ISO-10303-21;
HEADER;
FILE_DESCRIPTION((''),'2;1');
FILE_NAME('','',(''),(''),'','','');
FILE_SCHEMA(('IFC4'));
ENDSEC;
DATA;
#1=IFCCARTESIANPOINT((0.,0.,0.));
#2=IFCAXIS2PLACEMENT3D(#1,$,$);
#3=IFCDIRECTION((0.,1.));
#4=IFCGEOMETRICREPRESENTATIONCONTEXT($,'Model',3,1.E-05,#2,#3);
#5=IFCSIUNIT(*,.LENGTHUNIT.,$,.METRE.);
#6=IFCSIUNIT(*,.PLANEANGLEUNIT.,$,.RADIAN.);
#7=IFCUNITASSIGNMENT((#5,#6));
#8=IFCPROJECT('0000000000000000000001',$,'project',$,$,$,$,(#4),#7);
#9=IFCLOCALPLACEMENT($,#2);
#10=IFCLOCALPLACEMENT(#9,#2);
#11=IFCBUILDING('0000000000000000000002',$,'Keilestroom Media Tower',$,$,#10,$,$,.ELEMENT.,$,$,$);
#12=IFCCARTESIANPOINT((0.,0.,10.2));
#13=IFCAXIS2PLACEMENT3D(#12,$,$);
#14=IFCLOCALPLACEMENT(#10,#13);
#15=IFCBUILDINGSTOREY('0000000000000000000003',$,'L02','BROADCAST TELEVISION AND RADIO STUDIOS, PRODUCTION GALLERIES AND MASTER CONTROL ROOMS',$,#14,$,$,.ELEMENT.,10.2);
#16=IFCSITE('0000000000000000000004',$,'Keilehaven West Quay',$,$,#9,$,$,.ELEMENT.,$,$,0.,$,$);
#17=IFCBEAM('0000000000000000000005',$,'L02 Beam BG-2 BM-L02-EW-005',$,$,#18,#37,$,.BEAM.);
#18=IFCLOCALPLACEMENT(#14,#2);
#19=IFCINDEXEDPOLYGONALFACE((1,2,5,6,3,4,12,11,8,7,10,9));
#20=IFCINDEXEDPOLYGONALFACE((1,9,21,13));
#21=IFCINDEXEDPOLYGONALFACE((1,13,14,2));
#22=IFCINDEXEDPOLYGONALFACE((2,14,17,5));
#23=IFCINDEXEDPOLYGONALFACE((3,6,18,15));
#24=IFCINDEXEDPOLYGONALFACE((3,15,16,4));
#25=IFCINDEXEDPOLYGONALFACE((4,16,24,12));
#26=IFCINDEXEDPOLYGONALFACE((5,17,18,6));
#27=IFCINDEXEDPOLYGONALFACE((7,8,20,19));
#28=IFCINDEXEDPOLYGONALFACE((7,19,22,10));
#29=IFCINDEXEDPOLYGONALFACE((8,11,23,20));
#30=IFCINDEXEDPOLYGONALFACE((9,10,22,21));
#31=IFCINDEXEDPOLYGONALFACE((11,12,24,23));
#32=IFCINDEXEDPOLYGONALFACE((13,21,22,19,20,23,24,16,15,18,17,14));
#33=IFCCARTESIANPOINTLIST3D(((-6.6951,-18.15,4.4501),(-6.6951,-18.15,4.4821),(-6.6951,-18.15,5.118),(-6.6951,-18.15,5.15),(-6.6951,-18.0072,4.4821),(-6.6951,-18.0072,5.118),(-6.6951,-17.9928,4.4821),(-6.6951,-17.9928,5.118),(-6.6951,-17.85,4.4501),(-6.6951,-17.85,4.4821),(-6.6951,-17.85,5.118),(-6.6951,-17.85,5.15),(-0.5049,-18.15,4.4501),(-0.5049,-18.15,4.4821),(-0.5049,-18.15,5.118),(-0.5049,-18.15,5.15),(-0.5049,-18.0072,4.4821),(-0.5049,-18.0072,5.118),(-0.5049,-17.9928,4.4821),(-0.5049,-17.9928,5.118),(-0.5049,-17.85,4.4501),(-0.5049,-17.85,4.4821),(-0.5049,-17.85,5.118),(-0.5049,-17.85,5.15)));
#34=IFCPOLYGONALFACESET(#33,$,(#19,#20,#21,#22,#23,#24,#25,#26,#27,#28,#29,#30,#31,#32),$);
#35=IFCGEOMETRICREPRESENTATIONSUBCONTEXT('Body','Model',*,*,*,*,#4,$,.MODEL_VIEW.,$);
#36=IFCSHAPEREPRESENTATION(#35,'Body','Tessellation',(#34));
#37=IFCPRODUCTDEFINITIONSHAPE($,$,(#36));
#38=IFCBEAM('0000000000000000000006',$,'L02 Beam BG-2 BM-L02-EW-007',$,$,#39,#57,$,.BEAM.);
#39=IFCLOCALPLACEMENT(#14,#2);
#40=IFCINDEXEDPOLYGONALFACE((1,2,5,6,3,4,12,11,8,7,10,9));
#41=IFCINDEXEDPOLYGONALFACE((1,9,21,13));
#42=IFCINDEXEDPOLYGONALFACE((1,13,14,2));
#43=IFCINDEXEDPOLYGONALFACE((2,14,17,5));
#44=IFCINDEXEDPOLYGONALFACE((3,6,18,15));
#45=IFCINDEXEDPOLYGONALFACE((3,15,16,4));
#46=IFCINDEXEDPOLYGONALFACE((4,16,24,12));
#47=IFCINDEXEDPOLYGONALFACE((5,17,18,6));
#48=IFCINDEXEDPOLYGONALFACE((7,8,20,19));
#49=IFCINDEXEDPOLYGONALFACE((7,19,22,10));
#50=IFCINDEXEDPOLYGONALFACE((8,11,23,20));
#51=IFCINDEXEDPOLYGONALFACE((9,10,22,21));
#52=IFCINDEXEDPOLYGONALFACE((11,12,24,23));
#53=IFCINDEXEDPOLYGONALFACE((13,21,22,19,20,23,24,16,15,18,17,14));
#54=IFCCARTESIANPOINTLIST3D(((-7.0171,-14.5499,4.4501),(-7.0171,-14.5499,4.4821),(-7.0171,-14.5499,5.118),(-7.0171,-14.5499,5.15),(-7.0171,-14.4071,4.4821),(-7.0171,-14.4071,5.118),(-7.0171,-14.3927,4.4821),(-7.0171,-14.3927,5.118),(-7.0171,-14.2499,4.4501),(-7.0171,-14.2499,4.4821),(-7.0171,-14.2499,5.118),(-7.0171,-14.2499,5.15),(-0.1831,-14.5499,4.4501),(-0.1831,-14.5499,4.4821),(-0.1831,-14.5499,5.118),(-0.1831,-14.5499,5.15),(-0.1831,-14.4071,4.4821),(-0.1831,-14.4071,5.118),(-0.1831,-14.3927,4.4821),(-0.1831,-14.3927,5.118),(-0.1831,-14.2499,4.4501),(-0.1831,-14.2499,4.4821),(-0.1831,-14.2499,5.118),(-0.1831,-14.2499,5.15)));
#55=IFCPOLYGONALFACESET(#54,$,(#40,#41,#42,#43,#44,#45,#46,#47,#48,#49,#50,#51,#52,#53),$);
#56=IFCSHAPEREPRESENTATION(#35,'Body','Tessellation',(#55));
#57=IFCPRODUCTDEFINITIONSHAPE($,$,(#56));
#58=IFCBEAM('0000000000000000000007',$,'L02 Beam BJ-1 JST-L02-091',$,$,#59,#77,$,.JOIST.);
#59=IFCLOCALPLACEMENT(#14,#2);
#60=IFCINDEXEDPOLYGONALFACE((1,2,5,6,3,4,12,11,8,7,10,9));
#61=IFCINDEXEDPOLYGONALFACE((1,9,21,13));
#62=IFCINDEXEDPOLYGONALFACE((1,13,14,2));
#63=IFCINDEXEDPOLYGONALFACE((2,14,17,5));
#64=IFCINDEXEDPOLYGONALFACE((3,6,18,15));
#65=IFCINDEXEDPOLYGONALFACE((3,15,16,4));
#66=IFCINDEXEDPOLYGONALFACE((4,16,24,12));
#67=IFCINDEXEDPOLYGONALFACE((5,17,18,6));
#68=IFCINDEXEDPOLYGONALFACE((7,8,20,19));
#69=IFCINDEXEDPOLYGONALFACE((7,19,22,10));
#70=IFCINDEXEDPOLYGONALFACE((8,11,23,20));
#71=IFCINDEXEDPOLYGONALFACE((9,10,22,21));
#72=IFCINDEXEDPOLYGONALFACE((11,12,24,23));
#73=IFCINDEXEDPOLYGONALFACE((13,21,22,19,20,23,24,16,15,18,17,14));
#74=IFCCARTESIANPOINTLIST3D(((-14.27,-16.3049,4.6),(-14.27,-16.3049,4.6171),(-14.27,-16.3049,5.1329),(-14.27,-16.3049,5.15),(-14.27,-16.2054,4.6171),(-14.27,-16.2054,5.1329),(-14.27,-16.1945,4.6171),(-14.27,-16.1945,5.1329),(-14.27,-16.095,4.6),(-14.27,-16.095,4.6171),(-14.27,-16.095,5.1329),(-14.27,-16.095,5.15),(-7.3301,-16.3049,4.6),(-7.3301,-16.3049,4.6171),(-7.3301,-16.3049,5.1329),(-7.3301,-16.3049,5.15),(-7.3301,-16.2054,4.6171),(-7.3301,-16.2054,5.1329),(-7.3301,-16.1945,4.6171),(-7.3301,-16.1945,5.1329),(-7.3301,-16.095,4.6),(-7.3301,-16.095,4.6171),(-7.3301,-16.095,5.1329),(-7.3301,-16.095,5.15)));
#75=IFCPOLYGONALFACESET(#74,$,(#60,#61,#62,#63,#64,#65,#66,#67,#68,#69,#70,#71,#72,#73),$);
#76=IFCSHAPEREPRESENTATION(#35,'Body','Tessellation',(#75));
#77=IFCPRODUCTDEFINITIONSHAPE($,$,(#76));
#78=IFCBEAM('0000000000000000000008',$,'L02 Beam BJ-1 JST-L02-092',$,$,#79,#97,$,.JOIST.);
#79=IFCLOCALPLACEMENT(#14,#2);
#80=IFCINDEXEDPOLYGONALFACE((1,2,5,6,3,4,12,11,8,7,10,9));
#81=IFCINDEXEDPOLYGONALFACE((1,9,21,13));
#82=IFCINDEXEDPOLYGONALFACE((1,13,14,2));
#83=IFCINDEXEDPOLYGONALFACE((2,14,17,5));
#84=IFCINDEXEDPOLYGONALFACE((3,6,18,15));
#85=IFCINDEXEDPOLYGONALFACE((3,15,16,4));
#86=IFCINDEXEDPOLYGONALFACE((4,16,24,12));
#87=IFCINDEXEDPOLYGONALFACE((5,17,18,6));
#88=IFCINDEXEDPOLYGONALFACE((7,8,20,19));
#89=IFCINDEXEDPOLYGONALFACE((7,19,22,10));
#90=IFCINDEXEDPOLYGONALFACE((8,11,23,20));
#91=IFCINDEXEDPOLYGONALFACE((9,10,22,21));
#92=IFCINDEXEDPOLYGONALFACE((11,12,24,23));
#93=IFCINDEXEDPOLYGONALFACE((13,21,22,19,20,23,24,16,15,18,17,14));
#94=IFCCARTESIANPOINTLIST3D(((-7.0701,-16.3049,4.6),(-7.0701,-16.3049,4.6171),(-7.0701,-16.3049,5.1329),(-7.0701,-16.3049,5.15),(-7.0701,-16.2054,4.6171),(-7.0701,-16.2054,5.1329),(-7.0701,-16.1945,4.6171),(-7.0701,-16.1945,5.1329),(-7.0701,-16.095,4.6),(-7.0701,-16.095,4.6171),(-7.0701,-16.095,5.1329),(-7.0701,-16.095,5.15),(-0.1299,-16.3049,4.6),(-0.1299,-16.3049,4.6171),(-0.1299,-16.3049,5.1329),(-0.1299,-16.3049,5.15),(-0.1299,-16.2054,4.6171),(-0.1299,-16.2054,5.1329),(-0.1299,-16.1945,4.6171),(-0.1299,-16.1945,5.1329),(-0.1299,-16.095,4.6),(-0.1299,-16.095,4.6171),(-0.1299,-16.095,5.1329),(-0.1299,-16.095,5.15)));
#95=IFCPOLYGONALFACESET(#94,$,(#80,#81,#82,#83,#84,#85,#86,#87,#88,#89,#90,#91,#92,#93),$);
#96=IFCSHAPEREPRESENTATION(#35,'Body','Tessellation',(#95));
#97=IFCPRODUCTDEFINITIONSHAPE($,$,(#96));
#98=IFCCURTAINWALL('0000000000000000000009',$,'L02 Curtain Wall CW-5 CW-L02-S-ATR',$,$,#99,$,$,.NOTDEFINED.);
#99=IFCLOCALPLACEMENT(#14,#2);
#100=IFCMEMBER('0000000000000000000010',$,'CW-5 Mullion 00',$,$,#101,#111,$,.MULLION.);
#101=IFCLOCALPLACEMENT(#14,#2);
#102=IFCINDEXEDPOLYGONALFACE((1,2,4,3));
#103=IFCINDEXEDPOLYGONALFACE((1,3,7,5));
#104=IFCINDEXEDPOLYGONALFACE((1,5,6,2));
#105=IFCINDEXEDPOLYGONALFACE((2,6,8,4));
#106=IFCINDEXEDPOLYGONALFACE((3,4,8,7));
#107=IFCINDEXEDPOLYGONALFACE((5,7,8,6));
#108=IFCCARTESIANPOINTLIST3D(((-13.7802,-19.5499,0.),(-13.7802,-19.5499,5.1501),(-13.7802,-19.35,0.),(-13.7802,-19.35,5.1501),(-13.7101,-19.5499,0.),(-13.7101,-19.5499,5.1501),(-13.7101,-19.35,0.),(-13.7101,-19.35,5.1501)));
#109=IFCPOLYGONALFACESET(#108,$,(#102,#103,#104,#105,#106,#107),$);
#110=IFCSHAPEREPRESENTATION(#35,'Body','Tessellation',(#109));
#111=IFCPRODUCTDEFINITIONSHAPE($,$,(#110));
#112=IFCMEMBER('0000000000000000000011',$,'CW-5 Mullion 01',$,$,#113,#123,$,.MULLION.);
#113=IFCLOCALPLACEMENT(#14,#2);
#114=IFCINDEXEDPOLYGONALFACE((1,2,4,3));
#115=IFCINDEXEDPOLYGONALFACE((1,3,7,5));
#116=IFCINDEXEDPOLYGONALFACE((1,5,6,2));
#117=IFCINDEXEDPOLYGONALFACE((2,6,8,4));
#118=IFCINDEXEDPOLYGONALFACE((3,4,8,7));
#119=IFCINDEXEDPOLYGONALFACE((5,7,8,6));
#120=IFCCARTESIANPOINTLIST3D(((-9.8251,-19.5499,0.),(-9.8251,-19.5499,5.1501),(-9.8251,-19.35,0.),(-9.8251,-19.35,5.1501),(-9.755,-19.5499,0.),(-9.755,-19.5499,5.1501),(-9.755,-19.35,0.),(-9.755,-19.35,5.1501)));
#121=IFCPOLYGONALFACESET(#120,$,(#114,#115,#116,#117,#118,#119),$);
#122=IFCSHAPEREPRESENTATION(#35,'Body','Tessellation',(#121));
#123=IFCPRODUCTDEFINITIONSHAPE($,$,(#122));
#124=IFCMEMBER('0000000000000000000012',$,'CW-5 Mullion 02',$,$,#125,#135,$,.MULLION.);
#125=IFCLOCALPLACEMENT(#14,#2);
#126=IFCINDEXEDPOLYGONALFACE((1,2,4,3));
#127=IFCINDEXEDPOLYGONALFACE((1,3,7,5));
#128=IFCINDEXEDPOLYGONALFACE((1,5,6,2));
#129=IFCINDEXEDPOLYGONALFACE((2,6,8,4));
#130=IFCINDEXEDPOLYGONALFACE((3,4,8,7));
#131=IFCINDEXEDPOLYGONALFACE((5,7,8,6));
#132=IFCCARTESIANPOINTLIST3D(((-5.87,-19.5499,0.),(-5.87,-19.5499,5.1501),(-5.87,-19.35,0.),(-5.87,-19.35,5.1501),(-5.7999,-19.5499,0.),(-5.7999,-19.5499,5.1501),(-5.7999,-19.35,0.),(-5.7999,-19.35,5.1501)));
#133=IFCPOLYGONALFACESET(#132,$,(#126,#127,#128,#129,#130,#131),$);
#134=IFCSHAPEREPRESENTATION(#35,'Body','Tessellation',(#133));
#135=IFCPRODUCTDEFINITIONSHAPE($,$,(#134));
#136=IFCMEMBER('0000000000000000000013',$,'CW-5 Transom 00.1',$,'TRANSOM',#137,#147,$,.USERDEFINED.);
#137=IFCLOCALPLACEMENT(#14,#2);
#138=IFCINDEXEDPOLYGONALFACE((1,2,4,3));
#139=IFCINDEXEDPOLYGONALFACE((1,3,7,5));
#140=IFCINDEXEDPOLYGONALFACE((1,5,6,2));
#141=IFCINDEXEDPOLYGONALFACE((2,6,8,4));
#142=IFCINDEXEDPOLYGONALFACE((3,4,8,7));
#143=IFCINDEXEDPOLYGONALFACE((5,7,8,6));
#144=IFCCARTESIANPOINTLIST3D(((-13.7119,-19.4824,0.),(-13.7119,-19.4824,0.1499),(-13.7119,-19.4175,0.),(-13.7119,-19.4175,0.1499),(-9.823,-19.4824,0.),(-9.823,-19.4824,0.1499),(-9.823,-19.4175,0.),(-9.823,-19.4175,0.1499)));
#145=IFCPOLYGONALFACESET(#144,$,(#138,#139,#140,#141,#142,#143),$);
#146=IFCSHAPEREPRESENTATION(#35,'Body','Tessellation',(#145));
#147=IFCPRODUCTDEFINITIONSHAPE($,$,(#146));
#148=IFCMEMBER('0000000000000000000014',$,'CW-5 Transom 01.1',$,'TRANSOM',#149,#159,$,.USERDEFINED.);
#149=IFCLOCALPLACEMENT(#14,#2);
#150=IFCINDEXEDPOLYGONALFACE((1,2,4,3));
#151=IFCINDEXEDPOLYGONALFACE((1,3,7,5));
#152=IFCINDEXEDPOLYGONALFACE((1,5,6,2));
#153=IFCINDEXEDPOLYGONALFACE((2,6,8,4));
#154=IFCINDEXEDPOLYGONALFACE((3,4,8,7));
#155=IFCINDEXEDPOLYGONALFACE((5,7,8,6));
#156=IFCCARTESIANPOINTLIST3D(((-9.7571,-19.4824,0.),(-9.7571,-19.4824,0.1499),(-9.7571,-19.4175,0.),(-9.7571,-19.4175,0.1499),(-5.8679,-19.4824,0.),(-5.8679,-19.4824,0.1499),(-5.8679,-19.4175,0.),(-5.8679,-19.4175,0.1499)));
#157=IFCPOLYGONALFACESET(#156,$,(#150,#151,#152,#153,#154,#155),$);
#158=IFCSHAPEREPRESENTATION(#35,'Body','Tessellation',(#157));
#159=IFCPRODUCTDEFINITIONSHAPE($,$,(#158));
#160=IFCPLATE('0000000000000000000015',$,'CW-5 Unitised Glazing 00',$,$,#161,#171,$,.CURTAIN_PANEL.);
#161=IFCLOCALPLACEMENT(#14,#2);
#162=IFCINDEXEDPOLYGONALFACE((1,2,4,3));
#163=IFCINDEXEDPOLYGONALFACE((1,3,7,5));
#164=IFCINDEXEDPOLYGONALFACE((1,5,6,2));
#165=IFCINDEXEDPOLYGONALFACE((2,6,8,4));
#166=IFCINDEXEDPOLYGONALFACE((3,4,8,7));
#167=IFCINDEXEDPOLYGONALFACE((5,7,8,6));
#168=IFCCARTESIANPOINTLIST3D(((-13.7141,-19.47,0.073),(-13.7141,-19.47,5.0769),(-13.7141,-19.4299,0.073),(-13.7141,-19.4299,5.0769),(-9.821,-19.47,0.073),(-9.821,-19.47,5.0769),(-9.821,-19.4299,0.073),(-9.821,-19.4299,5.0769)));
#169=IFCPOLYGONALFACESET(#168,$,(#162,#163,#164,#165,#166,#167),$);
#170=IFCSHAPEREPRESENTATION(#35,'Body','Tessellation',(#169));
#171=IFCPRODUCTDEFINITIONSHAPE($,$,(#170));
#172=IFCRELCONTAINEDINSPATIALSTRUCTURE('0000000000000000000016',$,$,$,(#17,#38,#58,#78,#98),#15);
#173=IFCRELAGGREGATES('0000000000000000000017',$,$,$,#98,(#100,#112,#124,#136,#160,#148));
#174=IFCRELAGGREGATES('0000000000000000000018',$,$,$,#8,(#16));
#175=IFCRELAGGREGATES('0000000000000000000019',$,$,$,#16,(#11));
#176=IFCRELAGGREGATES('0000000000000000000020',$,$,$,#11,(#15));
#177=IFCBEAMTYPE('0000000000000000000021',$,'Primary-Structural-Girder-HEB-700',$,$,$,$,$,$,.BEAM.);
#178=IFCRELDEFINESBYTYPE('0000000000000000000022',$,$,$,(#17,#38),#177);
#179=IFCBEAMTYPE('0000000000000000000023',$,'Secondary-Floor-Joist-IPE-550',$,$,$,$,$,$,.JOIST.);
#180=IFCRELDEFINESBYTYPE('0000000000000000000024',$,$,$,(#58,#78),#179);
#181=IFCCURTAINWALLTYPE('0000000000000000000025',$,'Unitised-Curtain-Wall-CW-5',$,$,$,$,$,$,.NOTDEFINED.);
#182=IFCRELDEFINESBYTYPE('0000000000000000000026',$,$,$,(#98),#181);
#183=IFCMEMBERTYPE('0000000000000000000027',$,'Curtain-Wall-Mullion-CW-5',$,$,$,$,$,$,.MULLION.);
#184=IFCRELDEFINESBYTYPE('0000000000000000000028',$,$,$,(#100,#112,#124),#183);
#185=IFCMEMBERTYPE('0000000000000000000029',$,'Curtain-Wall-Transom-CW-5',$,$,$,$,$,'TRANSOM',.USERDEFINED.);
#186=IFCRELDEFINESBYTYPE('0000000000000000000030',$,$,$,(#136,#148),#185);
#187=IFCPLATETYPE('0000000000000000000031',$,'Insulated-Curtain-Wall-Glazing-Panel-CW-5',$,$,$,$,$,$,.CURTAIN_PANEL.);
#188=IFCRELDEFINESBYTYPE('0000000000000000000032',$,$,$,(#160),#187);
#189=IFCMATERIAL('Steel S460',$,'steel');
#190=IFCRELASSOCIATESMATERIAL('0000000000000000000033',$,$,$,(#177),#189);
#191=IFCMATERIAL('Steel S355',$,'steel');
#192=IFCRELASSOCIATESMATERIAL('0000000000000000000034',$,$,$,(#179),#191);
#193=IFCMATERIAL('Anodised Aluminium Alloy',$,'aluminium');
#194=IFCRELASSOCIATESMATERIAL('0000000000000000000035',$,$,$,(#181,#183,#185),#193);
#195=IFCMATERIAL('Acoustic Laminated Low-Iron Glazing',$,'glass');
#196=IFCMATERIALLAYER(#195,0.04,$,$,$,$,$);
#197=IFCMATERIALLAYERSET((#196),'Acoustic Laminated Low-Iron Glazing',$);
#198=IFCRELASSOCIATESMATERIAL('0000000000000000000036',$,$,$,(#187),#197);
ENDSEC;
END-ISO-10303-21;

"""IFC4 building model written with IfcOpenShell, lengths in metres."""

from ifc_helpers import new_model, si_unit, direction, frame, origin, origin_2d, place, context, subcontext, project, spatial, rectangle, i_section, extrude, source, transform, mapped, material, layer, layer_set, material_profile, profile_set, type_object, element, aggregate, save


model = new_model("IFC4")

# Units and contexts
model_context = context("Model", 3, precision=1e-05, world=origin(), true_north=direction((0.0, 1.0)))
body_context = subcontext(model_context, "Body", "Model", "MODEL_VIEW")
ifc_project = project(units=[si_unit("LENGTHUNIT", "METRE"), si_unit("PLANEANGLEUNIT", "RADIAN")], contexts=[model_context])

# Site, building, storey
site_placement = place(None, origin())
site = spatial("IfcSite", under=ifc_project, at=site_placement, Name="Keilehaven West Quay", CompositionType="ELEMENT", RefElevation=0.0)
building_placement = place(site_placement, origin())
building = spatial("IfcBuilding", under=site, at=building_placement, Name="Keilestroom Media Tower", CompositionType="ELEMENT")
storey_placement = place(building_placement, frame((0.0, 0.0, 10.2)))
storey = spatial("IfcBuildingStorey", under=building, at=storey_placement, Name="L02", Description="BROADCAST TELEVISION AND RADIO STUDIOS, PRODUCTION GALLERIES AND MASTER CONTROL ROOMS", CompositionType="ELEMENT", Elevation=10.2)

# Shared definitions
ifc_material_1 = material(Name="Steel S460", Category="steel")

# Beams
ifc_material_2 = material(Name="Steel S355", Category="steel")
ifc_material_profile_1 = material_profile(ifc_material_1, i_section(OverallWidth=0.3, OverallDepth=0.7, WebThickness=0.0144, FlangeThickness=0.032, at=origin_2d()), Name="HEB 700")
ifc_profile_set_1 = profile_set([ifc_material_profile_1], Name="Steel S460")
beam_type_1 = type_object("IfcBeamType", Name="Primary-Structural-Girder-HEB-700", PredefinedType="BEAM", material=ifc_profile_set_1)
shared_shape_1 = source(origin(), body_context, "Body", "SweptSolid", [
    extrude(i_section(OverallWidth=0.3, OverallDepth=0.7, WebThickness=0.0144, FlangeThickness=0.032, at=origin_2d()), origin(), (0.0, 0.0, 1.0), 6.1902),
])
beam_1_placement = place(storey_placement, frame((-6.6951, -18.0, 4.8), z_axis=(1.0, 0.0, 0.0), x_axis=(0.0, 1.0, 0.0)))
element("IfcBeam", 1, at=beam_1_placement, inside=storey, type_object=beam_type_1, Name="L02 Beam BG-2 BM-L02-EW-005", PredefinedType="BEAM", context=body_context, shape_type="MappedRepresentation", body=[
    mapped(shared_shape_1, transform((0.0, 0.0, 0.0), x_axis=(1.0, 0.0, 0.0), y_axis=(0.0, 1.0, 0.0), z_axis=(0.0, 0.0, 1.0), scale=1.0)),
])
shared_shape_2 = source(origin(), body_context, "Body", "SweptSolid", [
    extrude(i_section(OverallWidth=0.3, OverallDepth=0.7, WebThickness=0.0144, FlangeThickness=0.032, at=origin_2d()), origin(), (0.0, 0.0, 1.0), 6.834),
])
beam_2_placement = place(storey_placement, frame((-7.0171, -14.3999, 4.8), z_axis=(1.0, 0.0, 0.0), x_axis=(0.0, 1.0, 0.0)))
element("IfcBeam", 2, at=beam_2_placement, inside=storey, type_object=beam_type_1, Name="L02 Beam BG-2 BM-L02-EW-007", PredefinedType="BEAM", context=body_context, shape_type="MappedRepresentation", body=[
    mapped(shared_shape_2, transform((0.0, 0.0, 0.0), x_axis=(1.0, 0.0, 0.0), y_axis=(0.0, 1.0, 0.0), z_axis=(0.0, 0.0, 1.0), scale=1.0)),
])
ifc_material_profile_2 = material_profile(ifc_material_2, i_section(OverallWidth=0.21, OverallDepth=0.55, WebThickness=0.011, FlangeThickness=0.0171, at=origin_2d()), Name="IPE 550")
ifc_profile_set_2 = profile_set([ifc_material_profile_2], Name="Steel S355")
beam_type_2 = type_object("IfcBeamType", Name="Secondary-Floor-Joist-IPE-550", PredefinedType="JOIST", material=ifc_profile_set_2)
shared_shape_3 = source(origin(), body_context, "Body", "SweptSolid", [
    extrude(i_section(OverallWidth=0.21, OverallDepth=0.55, WebThickness=0.011, FlangeThickness=0.0171, at=origin_2d()), origin(), (0.0, 0.0, 1.0), 6.9399),
])
beam_3_placement = place(storey_placement, frame((-14.27, -16.2, 4.875), z_axis=(1.0, 0.0, 0.0), x_axis=(0.0, 1.0, 0.0)))
element("IfcBeam", 3, at=beam_3_placement, inside=storey, type_object=beam_type_2, Name="L02 Beam BJ-1 JST-L02-091", PredefinedType="JOIST", context=body_context, shape_type="MappedRepresentation", body=[
    mapped(shared_shape_3, transform((0.0, 0.0, 0.0), x_axis=(1.0, 0.0, 0.0), y_axis=(0.0, 1.0, 0.0), z_axis=(0.0, 0.0, 1.0), scale=1.0)),
])
shared_shape_4 = source(origin(), body_context, "Body", "SweptSolid", [
    extrude(i_section(OverallWidth=0.21, OverallDepth=0.55, WebThickness=0.011, FlangeThickness=0.0171, at=origin_2d()), origin(), (0.0, 0.0, 1.0), 6.9402),
])
beam_4_placement = place(storey_placement, frame((-7.0701, -16.2, 4.875), z_axis=(1.0, 0.0, 0.0), x_axis=(0.0, 1.0, 0.0)))
element("IfcBeam", 4, at=beam_4_placement, inside=storey, type_object=beam_type_2, Name="L02 Beam BJ-1 JST-L02-092", PredefinedType="JOIST", context=body_context, shape_type="MappedRepresentation", body=[
    mapped(shared_shape_4, transform((0.0, 0.0, 0.0), x_axis=(1.0, 0.0, 0.0), y_axis=(0.0, 1.0, 0.0), z_axis=(0.0, 0.0, 1.0), scale=1.0)),
])

# Curtain wall, members, plate
ifc_material_3 = material(Name="Anodised Aluminium Alloy", Category="aluminium")
curtain_wall_type = type_object("IfcCurtainWallType", Name="Unitised-Curtain-Wall-CW-5", PredefinedType="NOTDEFINED", material=ifc_material_3)
curtain_wall_placement = place(storey_placement, origin())
curtain_wall = element("IfcCurtainWall", 5, at=curtain_wall_placement, inside=storey, type_object=curtain_wall_type, Name="L02 Curtain Wall CW-5 CW-L02-S-ATR", PredefinedType="NOTDEFINED")
ifc_material_profile_3 = material_profile(ifc_material_3, rectangle(XDim=0.0701, YDim=0.2, at=origin_2d()), Name="ALU MULLION 70x200")
ifc_profile_set_3 = profile_set([ifc_material_profile_3], Name="Anodised Aluminium Alloy")
member_type_1 = type_object("IfcMemberType", Name="Curtain-Wall-Mullion-CW-5", PredefinedType="MULLION", material=ifc_profile_set_3)
shared_shape_5 = source(origin(), body_context, "Body", "SweptSolid", [
    extrude(rectangle(XDim=0.0701, YDim=0.2, at=origin_2d()), origin(), (0.0, 0.0, 1.0), 5.1501),
])
member_1_placement = place(storey_placement, frame((-13.7451, -19.45, 0.0), z_axis=(0.0, 0.0, 1.0), x_axis=(1.0, 0.0, 0.0)))
member_1 = element("IfcMember", 6, at=member_1_placement, type_object=member_type_1, Name="CW-5 Mullion 00", PredefinedType="MULLION", context=body_context, shape_type="MappedRepresentation", body=[
    mapped(shared_shape_5, transform((0.0, 0.0, 0.0), x_axis=(1.0, 0.0, 0.0), y_axis=(0.0, 1.0, 0.0), z_axis=(0.0, 0.0, 1.0), scale=1.0)),
])
member_2_placement = place(storey_placement, frame((-9.79, -19.45, 0.0), z_axis=(0.0, 0.0, 1.0), x_axis=(1.0, 0.0, 0.0)))
member_2 = element("IfcMember", 7, at=member_2_placement, type_object=member_type_1, Name="CW-5 Mullion 01", PredefinedType="MULLION", context=body_context, shape_type="MappedRepresentation", body=[
    mapped(shared_shape_5, transform((0.0, 0.0, 0.0), x_axis=(1.0, 0.0, 0.0), y_axis=(0.0, 1.0, 0.0), z_axis=(0.0, 0.0, 1.0), scale=1.0)),
])
member_3_placement = place(storey_placement, frame((-5.835, -19.45, 0.0), z_axis=(0.0, 0.0, 1.0), x_axis=(1.0, 0.0, 0.0)))
member_3 = element("IfcMember", 8, at=member_3_placement, type_object=member_type_1, Name="CW-5 Mullion 02", PredefinedType="MULLION", context=body_context, shape_type="MappedRepresentation", body=[
    mapped(shared_shape_5, transform((0.0, 0.0, 0.0), x_axis=(1.0, 0.0, 0.0), y_axis=(0.0, 1.0, 0.0), z_axis=(0.0, 0.0, 1.0), scale=1.0)),
])
ifc_material_profile_4 = material_profile(ifc_material_3, rectangle(XDim=0.0649, YDim=0.1499, at=origin_2d()), Name="ALU TRANSOM 65x150")
ifc_profile_set_4 = profile_set([ifc_material_profile_4], Name="Anodised Aluminium Alloy")
member_type_2 = type_object("IfcMemberType", Name="Curtain-Wall-Transom-CW-5", ElementType="TRANSOM", PredefinedType="USERDEFINED", material=ifc_profile_set_4)
shared_shape_6 = source(origin(), body_context, "Body", "SweptSolid", [
    extrude(rectangle(XDim=0.0649, YDim=0.1499, at=origin_2d()), origin(), (0.0, 0.0, 1.0), 3.8889),
])
member_4_placement = place(storey_placement, frame((-13.7119, -19.45, 0.075), z_axis=(1.0, 0.0, 0.0), x_axis=(0.0, 1.0, 0.0)))
member_4 = element("IfcMember", 9, at=member_4_placement, type_object=member_type_2, Name="CW-5 Transom 00.1", ObjectType="TRANSOM", PredefinedType="USERDEFINED", context=body_context, shape_type="MappedRepresentation", body=[
    mapped(shared_shape_6, transform((0.0, 0.0, 0.0), x_axis=(1.0, 0.0, 0.0), y_axis=(0.0, 1.0, 0.0), z_axis=(0.0, 0.0, 1.0), scale=1.0)),
])
shared_shape_7 = source(origin(), body_context, "Body", "SweptSolid", [
    extrude(rectangle(XDim=0.0649, YDim=0.1499, at=origin_2d()), origin(), (0.0, 0.0, 1.0), 3.8892),
])
member_5_placement = place(storey_placement, frame((-9.7571, -19.45, 0.075), z_axis=(1.0, 0.0, 0.0), x_axis=(0.0, 1.0, 0.0)))
member_5 = element("IfcMember", 10, at=member_5_placement, type_object=member_type_2, Name="CW-5 Transom 01.1", ObjectType="TRANSOM", PredefinedType="USERDEFINED", context=body_context, shape_type="MappedRepresentation", body=[
    mapped(shared_shape_7, transform((0.0, 0.0, 0.0), x_axis=(1.0, 0.0, 0.0), y_axis=(0.0, 1.0, 0.0), z_axis=(0.0, 0.0, 1.0), scale=1.0)),
])
ifc_material_4 = material(Name="Acoustic Laminated Low-Iron Glazing", Category="glass")
ifc_layer_1 = layer(ifc_material_4, 0.04)
ifc_layer_set_1 = layer_set([ifc_layer_1], Name="Acoustic Laminated Low-Iron Glazing")
plate_type = type_object("IfcPlateType", Name="Insulated-Curtain-Wall-Glazing-Panel-CW-5", PredefinedType="CURTAIN_PANEL", material=ifc_layer_set_1)
shared_shape_8 = source(origin(), body_context, "Body", "SweptSolid", [
    extrude(rectangle(XDim=3.8931, YDim=0.04, at=origin_2d()), origin(), (0.0, 0.0, 1.0), 5.0039),
])
plate_1_placement = place(storey_placement, frame((-11.7676, -19.45, 0.073), z_axis=(0.0, 0.0, 1.0), x_axis=(1.0, 0.0, 0.0)))
plate_1 = element("IfcPlate", 11, at=plate_1_placement, type_object=plate_type, Name="CW-5 Unitised Glazing 00", PredefinedType="CURTAIN_PANEL", context=body_context, shape_type="MappedRepresentation", body=[
    mapped(shared_shape_8, transform((0.0, 0.0, 0.0), x_axis=(1.0, 0.0, 0.0), y_axis=(0.0, 1.0, 0.0), z_axis=(0.0, 0.0, 1.0), scale=1.0)),
])
aggregate(curtain_wall, [member_1, member_2, member_3, member_4, plate_1, member_5])

save(model, "model.ifc")
